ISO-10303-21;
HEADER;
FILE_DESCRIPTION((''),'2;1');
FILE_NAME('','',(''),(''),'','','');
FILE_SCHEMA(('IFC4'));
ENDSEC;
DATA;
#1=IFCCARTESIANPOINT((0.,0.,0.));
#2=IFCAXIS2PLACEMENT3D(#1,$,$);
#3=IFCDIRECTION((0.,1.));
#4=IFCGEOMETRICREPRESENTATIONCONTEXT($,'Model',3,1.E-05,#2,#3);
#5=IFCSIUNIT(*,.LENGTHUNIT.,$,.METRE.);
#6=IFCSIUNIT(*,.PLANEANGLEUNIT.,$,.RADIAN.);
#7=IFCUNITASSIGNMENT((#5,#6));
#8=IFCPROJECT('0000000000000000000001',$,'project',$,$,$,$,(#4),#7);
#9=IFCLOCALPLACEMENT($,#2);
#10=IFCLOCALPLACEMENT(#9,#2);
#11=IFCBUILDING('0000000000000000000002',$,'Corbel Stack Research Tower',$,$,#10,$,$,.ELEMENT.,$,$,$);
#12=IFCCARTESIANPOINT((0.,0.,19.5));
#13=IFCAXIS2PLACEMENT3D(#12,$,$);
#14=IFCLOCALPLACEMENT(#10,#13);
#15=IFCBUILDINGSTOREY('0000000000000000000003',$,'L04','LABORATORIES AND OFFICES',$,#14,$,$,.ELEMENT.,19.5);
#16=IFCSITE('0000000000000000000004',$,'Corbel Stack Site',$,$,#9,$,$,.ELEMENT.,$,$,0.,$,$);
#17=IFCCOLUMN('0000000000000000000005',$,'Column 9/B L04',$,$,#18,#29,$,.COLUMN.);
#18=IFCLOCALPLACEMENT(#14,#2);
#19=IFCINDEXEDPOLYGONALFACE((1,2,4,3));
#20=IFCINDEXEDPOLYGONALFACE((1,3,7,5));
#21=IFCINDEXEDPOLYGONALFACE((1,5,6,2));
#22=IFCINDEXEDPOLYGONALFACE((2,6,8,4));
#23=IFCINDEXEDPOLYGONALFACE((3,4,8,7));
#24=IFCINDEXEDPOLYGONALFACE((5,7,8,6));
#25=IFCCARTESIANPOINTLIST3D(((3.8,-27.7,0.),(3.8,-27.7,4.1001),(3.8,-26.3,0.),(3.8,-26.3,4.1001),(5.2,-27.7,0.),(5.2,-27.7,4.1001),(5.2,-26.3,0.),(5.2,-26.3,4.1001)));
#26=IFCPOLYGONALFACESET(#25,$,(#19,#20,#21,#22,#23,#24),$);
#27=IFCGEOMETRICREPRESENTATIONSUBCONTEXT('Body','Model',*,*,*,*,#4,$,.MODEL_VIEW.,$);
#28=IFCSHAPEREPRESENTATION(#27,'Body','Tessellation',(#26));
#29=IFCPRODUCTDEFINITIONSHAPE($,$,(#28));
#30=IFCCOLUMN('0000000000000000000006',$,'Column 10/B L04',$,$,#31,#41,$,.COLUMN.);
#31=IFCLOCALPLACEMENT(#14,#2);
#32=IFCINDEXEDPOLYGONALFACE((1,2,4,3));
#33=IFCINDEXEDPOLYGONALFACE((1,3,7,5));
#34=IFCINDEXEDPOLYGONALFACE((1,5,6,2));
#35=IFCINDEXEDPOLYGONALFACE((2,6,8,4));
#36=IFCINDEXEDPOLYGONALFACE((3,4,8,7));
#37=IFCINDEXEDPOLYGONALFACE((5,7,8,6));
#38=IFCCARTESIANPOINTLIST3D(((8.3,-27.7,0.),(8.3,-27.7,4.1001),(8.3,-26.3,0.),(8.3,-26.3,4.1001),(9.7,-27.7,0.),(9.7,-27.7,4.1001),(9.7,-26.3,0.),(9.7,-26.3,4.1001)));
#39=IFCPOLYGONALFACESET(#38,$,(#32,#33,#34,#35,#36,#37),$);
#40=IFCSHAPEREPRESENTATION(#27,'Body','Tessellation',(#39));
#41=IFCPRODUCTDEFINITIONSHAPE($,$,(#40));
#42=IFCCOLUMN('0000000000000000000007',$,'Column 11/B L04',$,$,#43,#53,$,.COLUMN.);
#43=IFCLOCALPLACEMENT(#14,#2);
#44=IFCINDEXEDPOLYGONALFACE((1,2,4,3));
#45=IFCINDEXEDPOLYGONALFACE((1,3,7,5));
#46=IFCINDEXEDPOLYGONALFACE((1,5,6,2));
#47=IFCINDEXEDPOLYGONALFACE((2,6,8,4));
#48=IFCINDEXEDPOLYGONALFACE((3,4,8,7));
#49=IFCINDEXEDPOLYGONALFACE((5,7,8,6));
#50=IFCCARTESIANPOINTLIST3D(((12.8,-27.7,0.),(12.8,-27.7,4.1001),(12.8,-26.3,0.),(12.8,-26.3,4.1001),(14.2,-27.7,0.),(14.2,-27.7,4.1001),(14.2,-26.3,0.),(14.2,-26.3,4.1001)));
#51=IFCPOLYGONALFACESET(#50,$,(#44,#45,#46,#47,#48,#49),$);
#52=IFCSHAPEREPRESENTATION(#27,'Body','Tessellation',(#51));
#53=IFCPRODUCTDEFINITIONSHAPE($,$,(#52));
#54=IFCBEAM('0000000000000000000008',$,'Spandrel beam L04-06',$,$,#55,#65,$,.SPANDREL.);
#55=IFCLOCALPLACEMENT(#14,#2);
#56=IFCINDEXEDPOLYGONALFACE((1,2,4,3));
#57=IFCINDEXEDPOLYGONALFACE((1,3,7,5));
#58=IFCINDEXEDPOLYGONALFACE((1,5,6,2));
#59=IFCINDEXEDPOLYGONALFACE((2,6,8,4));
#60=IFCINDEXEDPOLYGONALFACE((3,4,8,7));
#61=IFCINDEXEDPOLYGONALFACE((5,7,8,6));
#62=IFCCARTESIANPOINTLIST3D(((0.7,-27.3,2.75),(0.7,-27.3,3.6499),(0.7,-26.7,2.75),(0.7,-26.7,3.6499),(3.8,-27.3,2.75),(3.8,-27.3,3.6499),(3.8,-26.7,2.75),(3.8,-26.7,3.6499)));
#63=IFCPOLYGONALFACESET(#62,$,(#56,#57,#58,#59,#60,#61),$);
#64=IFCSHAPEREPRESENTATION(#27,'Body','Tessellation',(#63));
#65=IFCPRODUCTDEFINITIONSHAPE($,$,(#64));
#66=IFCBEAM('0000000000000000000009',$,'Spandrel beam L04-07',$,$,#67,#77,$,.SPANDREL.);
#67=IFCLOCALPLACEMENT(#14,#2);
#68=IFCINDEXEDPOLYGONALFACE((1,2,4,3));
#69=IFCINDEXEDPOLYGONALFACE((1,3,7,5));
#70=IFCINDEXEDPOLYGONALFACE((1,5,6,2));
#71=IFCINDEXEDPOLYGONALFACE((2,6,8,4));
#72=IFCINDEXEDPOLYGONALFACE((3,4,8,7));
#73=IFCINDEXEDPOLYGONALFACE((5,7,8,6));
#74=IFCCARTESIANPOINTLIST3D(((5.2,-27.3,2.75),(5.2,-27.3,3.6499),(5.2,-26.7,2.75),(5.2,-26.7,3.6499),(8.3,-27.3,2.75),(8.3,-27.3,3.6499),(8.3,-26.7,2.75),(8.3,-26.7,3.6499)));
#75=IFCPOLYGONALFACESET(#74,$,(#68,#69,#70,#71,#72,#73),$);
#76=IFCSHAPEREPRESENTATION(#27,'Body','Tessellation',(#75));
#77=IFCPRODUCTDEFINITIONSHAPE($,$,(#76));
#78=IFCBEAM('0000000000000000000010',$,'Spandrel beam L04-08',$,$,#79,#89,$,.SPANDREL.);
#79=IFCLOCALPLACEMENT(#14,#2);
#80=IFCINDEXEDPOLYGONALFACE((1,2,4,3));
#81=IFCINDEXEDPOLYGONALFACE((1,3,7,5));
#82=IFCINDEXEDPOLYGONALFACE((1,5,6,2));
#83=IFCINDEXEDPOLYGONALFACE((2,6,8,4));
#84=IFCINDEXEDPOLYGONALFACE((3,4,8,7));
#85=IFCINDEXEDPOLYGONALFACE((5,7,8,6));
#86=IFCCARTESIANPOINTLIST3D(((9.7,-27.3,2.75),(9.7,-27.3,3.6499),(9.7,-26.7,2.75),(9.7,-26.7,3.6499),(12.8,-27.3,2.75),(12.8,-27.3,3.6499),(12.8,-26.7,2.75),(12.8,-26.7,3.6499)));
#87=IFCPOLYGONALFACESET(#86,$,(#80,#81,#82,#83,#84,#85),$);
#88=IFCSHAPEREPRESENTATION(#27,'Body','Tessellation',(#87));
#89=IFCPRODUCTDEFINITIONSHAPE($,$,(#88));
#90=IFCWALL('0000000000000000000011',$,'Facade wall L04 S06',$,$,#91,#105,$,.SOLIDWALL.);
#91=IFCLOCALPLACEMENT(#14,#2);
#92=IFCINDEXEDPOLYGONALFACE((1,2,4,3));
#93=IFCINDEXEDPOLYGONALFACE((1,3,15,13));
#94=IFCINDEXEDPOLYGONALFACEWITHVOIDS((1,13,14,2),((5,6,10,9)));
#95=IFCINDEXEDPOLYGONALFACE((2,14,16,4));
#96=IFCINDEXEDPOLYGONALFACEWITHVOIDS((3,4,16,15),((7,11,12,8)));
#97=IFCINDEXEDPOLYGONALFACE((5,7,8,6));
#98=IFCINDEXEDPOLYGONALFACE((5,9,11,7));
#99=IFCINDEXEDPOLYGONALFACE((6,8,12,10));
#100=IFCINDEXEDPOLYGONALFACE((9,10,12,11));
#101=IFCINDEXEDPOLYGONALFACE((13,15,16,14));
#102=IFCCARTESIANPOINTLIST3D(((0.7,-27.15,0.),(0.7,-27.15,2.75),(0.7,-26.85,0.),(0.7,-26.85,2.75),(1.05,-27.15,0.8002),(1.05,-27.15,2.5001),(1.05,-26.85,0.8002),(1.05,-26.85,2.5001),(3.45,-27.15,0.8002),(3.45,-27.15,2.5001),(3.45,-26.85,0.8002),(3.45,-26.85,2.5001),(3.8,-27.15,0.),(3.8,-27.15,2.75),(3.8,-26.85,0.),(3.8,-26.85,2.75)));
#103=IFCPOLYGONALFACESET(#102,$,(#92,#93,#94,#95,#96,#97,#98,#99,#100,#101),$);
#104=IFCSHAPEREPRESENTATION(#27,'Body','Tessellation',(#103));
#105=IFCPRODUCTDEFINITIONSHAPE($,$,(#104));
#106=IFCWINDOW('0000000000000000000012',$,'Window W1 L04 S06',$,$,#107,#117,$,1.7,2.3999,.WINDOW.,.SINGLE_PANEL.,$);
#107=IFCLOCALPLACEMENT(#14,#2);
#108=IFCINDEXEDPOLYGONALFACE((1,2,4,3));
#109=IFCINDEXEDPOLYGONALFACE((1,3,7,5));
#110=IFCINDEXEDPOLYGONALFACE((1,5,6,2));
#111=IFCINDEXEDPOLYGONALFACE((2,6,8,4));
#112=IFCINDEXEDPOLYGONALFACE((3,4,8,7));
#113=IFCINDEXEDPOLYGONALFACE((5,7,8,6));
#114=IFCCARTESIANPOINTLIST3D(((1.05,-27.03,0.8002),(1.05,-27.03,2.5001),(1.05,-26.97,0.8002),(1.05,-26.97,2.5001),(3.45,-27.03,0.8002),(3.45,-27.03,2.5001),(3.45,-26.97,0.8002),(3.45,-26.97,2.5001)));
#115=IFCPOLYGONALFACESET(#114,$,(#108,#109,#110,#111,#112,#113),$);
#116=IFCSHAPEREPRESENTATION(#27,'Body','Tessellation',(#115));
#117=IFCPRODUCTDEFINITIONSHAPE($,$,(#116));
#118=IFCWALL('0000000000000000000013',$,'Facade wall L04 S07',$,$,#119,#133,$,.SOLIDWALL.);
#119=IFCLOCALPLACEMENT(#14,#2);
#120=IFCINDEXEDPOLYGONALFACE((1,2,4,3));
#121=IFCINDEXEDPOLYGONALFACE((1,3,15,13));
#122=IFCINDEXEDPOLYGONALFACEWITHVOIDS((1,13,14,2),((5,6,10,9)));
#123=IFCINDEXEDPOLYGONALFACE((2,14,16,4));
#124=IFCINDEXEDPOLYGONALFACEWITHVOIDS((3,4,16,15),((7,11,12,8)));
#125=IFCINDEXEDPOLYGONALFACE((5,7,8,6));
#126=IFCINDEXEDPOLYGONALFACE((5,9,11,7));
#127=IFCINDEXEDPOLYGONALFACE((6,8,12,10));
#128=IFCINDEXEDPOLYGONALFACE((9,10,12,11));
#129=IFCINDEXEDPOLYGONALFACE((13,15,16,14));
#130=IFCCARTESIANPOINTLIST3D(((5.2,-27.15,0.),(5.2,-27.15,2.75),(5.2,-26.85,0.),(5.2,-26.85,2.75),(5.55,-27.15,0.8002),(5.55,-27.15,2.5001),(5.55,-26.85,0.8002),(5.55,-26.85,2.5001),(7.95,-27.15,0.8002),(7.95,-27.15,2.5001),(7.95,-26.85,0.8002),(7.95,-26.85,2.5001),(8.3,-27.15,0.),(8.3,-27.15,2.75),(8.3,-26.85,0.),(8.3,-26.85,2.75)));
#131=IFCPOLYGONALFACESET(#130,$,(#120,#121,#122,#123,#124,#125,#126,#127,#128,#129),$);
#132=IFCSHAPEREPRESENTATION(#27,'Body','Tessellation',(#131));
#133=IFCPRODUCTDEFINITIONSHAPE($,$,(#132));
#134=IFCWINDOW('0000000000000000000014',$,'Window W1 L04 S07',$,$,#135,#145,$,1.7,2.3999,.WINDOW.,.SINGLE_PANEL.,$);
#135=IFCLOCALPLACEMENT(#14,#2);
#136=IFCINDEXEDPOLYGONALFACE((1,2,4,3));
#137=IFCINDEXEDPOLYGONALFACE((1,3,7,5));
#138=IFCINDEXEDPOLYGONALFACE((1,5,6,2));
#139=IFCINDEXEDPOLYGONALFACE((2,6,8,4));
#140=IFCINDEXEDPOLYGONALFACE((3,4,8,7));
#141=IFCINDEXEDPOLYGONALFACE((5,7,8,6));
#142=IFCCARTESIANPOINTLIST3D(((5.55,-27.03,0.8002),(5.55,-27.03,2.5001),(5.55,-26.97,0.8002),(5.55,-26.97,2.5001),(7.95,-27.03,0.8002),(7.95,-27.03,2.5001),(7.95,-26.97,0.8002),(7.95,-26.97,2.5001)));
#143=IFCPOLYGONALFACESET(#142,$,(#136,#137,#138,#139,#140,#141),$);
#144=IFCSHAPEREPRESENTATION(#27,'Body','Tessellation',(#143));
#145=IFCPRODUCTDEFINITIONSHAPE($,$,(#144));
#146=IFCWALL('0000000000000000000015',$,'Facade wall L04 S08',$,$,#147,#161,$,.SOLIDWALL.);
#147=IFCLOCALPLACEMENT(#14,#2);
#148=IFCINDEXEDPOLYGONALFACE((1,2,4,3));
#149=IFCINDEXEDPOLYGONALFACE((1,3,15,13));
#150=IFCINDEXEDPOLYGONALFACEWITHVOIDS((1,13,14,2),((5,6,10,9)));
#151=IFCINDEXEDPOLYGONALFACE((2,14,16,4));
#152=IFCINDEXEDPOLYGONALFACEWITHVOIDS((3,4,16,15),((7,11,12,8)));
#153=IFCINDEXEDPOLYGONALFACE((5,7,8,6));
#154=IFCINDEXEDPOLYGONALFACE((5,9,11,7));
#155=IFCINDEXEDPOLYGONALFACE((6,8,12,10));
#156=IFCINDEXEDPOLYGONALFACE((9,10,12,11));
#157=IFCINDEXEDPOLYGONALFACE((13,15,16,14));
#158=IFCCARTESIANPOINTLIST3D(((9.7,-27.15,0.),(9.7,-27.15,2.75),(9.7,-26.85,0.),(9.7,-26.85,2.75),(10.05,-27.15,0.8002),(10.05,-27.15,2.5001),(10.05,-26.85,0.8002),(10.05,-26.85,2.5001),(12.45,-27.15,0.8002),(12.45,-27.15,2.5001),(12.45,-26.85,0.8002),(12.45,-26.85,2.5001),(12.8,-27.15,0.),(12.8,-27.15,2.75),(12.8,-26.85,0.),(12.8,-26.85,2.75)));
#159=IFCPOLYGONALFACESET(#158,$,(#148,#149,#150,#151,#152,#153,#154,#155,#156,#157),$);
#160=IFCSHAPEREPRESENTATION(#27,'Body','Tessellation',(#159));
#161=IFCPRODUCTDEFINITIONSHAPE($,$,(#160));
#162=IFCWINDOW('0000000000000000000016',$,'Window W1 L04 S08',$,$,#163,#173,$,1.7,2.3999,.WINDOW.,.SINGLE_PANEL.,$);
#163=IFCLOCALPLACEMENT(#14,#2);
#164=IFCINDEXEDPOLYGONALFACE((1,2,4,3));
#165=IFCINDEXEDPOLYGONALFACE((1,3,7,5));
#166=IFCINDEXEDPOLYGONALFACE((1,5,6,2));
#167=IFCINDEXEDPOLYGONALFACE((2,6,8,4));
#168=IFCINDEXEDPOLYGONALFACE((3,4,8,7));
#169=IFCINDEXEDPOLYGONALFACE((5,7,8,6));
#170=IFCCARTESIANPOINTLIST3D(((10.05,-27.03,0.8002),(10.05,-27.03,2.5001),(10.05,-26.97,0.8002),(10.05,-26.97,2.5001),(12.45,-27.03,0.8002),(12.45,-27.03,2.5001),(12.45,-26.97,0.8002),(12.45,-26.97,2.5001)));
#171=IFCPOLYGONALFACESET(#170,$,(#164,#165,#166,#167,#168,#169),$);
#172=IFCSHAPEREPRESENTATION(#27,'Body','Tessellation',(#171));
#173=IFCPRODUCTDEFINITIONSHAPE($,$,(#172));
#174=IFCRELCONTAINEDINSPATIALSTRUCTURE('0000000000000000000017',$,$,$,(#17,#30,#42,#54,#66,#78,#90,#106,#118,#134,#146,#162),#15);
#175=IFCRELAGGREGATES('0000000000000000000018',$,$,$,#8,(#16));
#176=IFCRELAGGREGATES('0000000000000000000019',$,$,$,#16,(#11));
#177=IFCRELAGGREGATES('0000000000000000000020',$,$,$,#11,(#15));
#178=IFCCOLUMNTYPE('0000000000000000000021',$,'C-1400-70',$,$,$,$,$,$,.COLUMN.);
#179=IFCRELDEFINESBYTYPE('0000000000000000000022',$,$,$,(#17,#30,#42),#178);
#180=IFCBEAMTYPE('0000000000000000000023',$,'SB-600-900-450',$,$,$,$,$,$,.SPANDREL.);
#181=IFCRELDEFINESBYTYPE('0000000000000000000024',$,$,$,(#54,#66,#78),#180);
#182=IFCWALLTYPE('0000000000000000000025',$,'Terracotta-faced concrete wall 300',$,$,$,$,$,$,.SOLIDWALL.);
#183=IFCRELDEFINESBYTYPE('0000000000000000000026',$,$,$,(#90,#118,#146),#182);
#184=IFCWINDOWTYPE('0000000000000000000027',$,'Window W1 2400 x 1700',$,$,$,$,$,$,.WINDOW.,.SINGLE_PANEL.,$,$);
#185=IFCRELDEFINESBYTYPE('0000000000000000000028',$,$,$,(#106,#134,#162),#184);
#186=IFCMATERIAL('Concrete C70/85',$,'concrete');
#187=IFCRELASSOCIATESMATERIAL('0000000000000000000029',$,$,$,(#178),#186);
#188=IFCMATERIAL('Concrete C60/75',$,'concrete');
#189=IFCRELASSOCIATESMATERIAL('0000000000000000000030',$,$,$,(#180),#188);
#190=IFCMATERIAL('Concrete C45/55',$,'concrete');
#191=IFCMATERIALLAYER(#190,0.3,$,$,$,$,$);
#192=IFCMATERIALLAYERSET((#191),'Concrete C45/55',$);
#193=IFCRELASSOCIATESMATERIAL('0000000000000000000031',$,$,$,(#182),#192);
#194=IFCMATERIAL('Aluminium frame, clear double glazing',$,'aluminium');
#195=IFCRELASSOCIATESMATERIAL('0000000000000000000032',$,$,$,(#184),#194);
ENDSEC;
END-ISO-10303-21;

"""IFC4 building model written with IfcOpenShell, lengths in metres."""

from ifc_helpers import new_model, si_unit, direction, frame, frame_2d, origin, origin_2d, place, context, subcontext, project, spatial, rectangle, extrude, material, layer, layer_set, material_profile, profile_set, type_object, element, fill, save


model = new_model("IFC4")

# Units and contexts
model_context = context("Model", 3, precision=1e-05, world=origin(), true_north=direction((0.0, 1.0)))
body_context = subcontext(model_context, "Body", "Model", "MODEL_VIEW")
ifc_project = project(units=[si_unit("LENGTHUNIT", "METRE"), si_unit("PLANEANGLEUNIT", "RADIAN")], contexts=[model_context])

# Site, building, storey
site_placement = place(None, origin())
site = spatial("IfcSite", under=ifc_project, at=site_placement, Name="Corbel Stack Site", CompositionType="ELEMENT", RefElevation=0.0)
building_placement = place(site_placement, origin())
building = spatial("IfcBuilding", under=site, at=building_placement, Name="Corbel Stack Research Tower", CompositionType="ELEMENT")
storey_placement = place(building_placement, frame((0.0, 0.0, 19.5)))
storey = spatial("IfcBuildingStorey", under=building, at=storey_placement, Name="L04", Description="LABORATORIES AND OFFICES", CompositionType="ELEMENT", Elevation=19.5)

# Columns
ifc_material_1 = material(Name="Concrete C70/85", Category="concrete")
ifc_material_profile_1 = material_profile(ifc_material_1, rectangle(XDim=1.3999, YDim=1.3999, at=origin_2d()), Name="RC 1400 x 1400")
ifc_profile_set_1 = profile_set([ifc_material_profile_1], Name="Concrete C70/85")
column_type = type_object("IfcColumnType", Name="C-1400-70", PredefinedType="COLUMN", material=ifc_profile_set_1)
for number, where, z_axis, x_axis, name in (
    (1, (4.5, -27.0, 0.0), (0.0, 0.0, 1.0), (1.0, 0.0, 0.0), "Column 9/B L04"),
    (2, (9.0, -27.0, 0.0), (0.0, 0.0, 1.0), (1.0, 0.0, 0.0), "Column 10/B L04"),
    (3, (13.5, -27.0, 0.0), (0.0, 0.0, 1.0), (1.0, 0.0, 0.0), "Column 11/B L04"),
):
    element("IfcColumn", number, at=place(storey_placement, frame(where, z_axis=z_axis, x_axis=x_axis)), inside=storey, type_object=column_type, Name=name, PredefinedType="COLUMN", context=body_context, shape_type="SweptSolid", body=[
        extrude(rectangle(XDim=1.3999, YDim=1.3999, at=origin_2d()), origin(), (0.0, 0.0, 1.0), 4.1001),
    ])

# Beams
ifc_material_2 = material(Name="Concrete C60/75", Category="concrete")
ifc_material_profile_2 = material_profile(ifc_material_2, rectangle(XDim=0.6001, YDim=0.8999, at=origin_2d()), Name="RC 600 x 900")
ifc_profile_set_2 = profile_set([ifc_material_profile_2], Name="Concrete C60/75")
beam_type = type_object("IfcBeamType", Name="SB-600-900-450", PredefinedType="SPANDREL", material=ifc_profile_set_2)
for number, where, z_axis, x_axis, name in (
    (4, (0.7, -27.0, 3.2), (1.0, 0.0, 0.0), (0.0, 1.0, 0.0), "Spandrel beam L04-06"),
    (5, (5.2, -27.0, 3.2), (1.0, 0.0, 0.0), (0.0, 1.0, 0.0), "Spandrel beam L04-07"),
    (6, (9.7, -27.0, 3.2), (1.0, 0.0, 0.0), (0.0, 1.0, 0.0), "Spandrel beam L04-08"),
):
    element("IfcBeam", number, at=place(storey_placement, frame(where, z_axis=z_axis, x_axis=x_axis)), inside=storey, type_object=beam_type, Name=name, PredefinedType="SPANDREL", context=body_context, shape_type="SweptSolid", body=[
        extrude(rectangle(XDim=0.6001, YDim=0.8999, at=origin_2d()), origin(), (0.0, 0.0, 1.0), 3.1001),
    ])

# Walls, openings, windows
ifc_material_3 = material(Name="Concrete C45/55", Category="concrete")
ifc_layer = layer(ifc_material_3, 0.3)
ifc_layer_set = layer_set([ifc_layer], Name="Concrete C45/55")
wall_type = type_object("IfcWallType", Name="Terracotta-faced concrete wall 300", PredefinedType="SOLIDWALL", material=ifc_layer_set)
wall_1_placement = place(storey_placement, frame((3.8, -27.0, 0.0), z_axis=(0.0, 0.0, 1.0), x_axis=(-1.0, 0.0, 0.0)))
wall_1 = element("IfcWall", 7, at=wall_1_placement, inside=storey, type_object=wall_type, Name="Facade wall L04 S06", PredefinedType="SOLIDWALL", context=body_context, shape_type="SweptSolid", body=[
    extrude(rectangle(XDim=3.1001, YDim=0.3, at=frame_2d((1.55, 0.0))), origin(), (0.0, 0.0, 1.0), 2.75),
])
opening_1_placement = place(wall_1_placement, frame((0.3501, 0.0, 0.8)))
opening_1 = element("IfcOpeningElement", 8, at=opening_1_placement, cuts=wall_1, PredefinedType="OPENING", context=body_context, shape_type="SweptSolid", body=[
    extrude(rectangle(XDim=2.3999, YDim=1.7, at=frame_2d((1.2, 0.8501))), frame((0.0, 0.1599, 0.0), z_axis=(0.0, -1.0, 0.0), x_axis=(1.0, 0.0, 0.0)), (0.0, 0.0, 1.0), 0.3201),
])
ifc_material_4 = material(Name="Aluminium frame, clear double glazing", Category="aluminium")
window_type = type_object("IfcWindowType", Name="Window W1 2400 x 1700", PartitioningType="SINGLE_PANEL", PredefinedType="WINDOW", material=ifc_material_4)
window_1_placement = place(opening_1_placement, origin())
window_1 = element("IfcWindow", 9, at=window_1_placement, inside=storey, type_object=window_type, Name="Window W1 L04 S06", OverallHeight=1.7, OverallWidth=2.3999, PartitioningType="SINGLE_PANEL", PredefinedType="WINDOW", context=body_context, shape_type="SweptSolid", body=[
    extrude(rectangle(XDim=2.3999, YDim=1.7, at=frame_2d((1.2, 0.8501))), frame((0.0, 0.03, 0.0), z_axis=(0.0, -1.0, 0.0), x_axis=(1.0, 0.0, 0.0)), (0.0, 0.0, 1.0), 0.0601),
])
fill(opening_1, window_1)
wall_2_placement = place(storey_placement, frame((8.3, -27.0, 0.0), z_axis=(0.0, 0.0, 1.0), x_axis=(-1.0, 0.0, 0.0)))
wall_2 = element("IfcWall", 10, at=wall_2_placement, inside=storey, type_object=wall_type, Name="Facade wall L04 S07", PredefinedType="SOLIDWALL", context=body_context, shape_type="SweptSolid", body=[
    extrude(rectangle(XDim=3.1001, YDim=0.3, at=frame_2d((1.55, 0.0))), origin(), (0.0, 0.0, 1.0), 2.75),
])
opening_2_placement = place(wall_2_placement, frame((0.3501, 0.0, 0.8)))
opening_2 = element("IfcOpeningElement", 11, at=opening_2_placement, cuts=wall_2, PredefinedType="OPENING", context=body_context, shape_type="SweptSolid", body=[
    extrude(rectangle(XDim=2.3999, YDim=1.7, at=frame_2d((1.2, 0.8501))), frame((0.0, 0.1599, 0.0), z_axis=(0.0, -1.0, 0.0), x_axis=(1.0, 0.0, 0.0)), (0.0, 0.0, 1.0), 0.3201),
])
window_2_placement = place(opening_2_placement, origin())
window_2 = element("IfcWindow", 12, at=window_2_placement, inside=storey, type_object=window_type, Name="Window W1 L04 S07", OverallHeight=1.7, OverallWidth=2.3999, PartitioningType="SINGLE_PANEL", PredefinedType="WINDOW", context=body_context, shape_type="SweptSolid", body=[
    extrude(rectangle(XDim=2.3999, YDim=1.7, at=frame_2d((1.2, 0.8501))), frame((0.0, 0.03, 0.0), z_axis=(0.0, -1.0, 0.0), x_axis=(1.0, 0.0, 0.0)), (0.0, 0.0, 1.0), 0.0601),
])
fill(opening_2, window_2)
wall_3_placement = place(storey_placement, frame((12.8, -27.0, 0.0), z_axis=(0.0, 0.0, 1.0), x_axis=(-1.0, 0.0, 0.0)))
wall_3 = element("IfcWall", 13, at=wall_3_placement, inside=storey, type_object=wall_type, Name="Facade wall L04 S08", PredefinedType="SOLIDWALL", context=body_context, shape_type="SweptSolid", body=[
    extrude(rectangle(XDim=3.1001, YDim=0.3, at=frame_2d((1.55, 0.0))), origin(), (0.0, 0.0, 1.0), 2.75),
])
opening_3_placement = place(wall_3_placement, frame((0.3501, 0.0, 0.8)))
opening_3 = element("IfcOpeningElement", 14, at=opening_3_placement, cuts=wall_3, PredefinedType="OPENING", context=body_context, shape_type="SweptSolid", body=[
    extrude(rectangle(XDim=2.3999, YDim=1.7, at=frame_2d((1.2, 0.8501))), frame((0.0, 0.1599, 0.0), z_axis=(0.0, -1.0, 0.0), x_axis=(1.0, 0.0, 0.0)), (0.0, 0.0, 1.0), 0.3201),
])
window_3_placement = place(opening_3_placement, origin())
window_3 = element("IfcWindow", 15, at=window_3_placement, inside=storey, type_object=window_type, Name="Window W1 L04 S08", OverallHeight=1.7, OverallWidth=2.3999, PartitioningType="SINGLE_PANEL", PredefinedType="WINDOW", context=body_context, shape_type="SweptSolid", body=[
    extrude(rectangle(XDim=2.3999, YDim=1.7, at=frame_2d((1.2, 0.8501))), frame((0.0, 0.03, 0.0), z_axis=(0.0, -1.0, 0.0), x_axis=(1.0, 0.0, 0.0)), (0.0, 0.0, 1.0), 0.0601),
])
fill(opening_3, window_3)

save(model, "model.ifc")
